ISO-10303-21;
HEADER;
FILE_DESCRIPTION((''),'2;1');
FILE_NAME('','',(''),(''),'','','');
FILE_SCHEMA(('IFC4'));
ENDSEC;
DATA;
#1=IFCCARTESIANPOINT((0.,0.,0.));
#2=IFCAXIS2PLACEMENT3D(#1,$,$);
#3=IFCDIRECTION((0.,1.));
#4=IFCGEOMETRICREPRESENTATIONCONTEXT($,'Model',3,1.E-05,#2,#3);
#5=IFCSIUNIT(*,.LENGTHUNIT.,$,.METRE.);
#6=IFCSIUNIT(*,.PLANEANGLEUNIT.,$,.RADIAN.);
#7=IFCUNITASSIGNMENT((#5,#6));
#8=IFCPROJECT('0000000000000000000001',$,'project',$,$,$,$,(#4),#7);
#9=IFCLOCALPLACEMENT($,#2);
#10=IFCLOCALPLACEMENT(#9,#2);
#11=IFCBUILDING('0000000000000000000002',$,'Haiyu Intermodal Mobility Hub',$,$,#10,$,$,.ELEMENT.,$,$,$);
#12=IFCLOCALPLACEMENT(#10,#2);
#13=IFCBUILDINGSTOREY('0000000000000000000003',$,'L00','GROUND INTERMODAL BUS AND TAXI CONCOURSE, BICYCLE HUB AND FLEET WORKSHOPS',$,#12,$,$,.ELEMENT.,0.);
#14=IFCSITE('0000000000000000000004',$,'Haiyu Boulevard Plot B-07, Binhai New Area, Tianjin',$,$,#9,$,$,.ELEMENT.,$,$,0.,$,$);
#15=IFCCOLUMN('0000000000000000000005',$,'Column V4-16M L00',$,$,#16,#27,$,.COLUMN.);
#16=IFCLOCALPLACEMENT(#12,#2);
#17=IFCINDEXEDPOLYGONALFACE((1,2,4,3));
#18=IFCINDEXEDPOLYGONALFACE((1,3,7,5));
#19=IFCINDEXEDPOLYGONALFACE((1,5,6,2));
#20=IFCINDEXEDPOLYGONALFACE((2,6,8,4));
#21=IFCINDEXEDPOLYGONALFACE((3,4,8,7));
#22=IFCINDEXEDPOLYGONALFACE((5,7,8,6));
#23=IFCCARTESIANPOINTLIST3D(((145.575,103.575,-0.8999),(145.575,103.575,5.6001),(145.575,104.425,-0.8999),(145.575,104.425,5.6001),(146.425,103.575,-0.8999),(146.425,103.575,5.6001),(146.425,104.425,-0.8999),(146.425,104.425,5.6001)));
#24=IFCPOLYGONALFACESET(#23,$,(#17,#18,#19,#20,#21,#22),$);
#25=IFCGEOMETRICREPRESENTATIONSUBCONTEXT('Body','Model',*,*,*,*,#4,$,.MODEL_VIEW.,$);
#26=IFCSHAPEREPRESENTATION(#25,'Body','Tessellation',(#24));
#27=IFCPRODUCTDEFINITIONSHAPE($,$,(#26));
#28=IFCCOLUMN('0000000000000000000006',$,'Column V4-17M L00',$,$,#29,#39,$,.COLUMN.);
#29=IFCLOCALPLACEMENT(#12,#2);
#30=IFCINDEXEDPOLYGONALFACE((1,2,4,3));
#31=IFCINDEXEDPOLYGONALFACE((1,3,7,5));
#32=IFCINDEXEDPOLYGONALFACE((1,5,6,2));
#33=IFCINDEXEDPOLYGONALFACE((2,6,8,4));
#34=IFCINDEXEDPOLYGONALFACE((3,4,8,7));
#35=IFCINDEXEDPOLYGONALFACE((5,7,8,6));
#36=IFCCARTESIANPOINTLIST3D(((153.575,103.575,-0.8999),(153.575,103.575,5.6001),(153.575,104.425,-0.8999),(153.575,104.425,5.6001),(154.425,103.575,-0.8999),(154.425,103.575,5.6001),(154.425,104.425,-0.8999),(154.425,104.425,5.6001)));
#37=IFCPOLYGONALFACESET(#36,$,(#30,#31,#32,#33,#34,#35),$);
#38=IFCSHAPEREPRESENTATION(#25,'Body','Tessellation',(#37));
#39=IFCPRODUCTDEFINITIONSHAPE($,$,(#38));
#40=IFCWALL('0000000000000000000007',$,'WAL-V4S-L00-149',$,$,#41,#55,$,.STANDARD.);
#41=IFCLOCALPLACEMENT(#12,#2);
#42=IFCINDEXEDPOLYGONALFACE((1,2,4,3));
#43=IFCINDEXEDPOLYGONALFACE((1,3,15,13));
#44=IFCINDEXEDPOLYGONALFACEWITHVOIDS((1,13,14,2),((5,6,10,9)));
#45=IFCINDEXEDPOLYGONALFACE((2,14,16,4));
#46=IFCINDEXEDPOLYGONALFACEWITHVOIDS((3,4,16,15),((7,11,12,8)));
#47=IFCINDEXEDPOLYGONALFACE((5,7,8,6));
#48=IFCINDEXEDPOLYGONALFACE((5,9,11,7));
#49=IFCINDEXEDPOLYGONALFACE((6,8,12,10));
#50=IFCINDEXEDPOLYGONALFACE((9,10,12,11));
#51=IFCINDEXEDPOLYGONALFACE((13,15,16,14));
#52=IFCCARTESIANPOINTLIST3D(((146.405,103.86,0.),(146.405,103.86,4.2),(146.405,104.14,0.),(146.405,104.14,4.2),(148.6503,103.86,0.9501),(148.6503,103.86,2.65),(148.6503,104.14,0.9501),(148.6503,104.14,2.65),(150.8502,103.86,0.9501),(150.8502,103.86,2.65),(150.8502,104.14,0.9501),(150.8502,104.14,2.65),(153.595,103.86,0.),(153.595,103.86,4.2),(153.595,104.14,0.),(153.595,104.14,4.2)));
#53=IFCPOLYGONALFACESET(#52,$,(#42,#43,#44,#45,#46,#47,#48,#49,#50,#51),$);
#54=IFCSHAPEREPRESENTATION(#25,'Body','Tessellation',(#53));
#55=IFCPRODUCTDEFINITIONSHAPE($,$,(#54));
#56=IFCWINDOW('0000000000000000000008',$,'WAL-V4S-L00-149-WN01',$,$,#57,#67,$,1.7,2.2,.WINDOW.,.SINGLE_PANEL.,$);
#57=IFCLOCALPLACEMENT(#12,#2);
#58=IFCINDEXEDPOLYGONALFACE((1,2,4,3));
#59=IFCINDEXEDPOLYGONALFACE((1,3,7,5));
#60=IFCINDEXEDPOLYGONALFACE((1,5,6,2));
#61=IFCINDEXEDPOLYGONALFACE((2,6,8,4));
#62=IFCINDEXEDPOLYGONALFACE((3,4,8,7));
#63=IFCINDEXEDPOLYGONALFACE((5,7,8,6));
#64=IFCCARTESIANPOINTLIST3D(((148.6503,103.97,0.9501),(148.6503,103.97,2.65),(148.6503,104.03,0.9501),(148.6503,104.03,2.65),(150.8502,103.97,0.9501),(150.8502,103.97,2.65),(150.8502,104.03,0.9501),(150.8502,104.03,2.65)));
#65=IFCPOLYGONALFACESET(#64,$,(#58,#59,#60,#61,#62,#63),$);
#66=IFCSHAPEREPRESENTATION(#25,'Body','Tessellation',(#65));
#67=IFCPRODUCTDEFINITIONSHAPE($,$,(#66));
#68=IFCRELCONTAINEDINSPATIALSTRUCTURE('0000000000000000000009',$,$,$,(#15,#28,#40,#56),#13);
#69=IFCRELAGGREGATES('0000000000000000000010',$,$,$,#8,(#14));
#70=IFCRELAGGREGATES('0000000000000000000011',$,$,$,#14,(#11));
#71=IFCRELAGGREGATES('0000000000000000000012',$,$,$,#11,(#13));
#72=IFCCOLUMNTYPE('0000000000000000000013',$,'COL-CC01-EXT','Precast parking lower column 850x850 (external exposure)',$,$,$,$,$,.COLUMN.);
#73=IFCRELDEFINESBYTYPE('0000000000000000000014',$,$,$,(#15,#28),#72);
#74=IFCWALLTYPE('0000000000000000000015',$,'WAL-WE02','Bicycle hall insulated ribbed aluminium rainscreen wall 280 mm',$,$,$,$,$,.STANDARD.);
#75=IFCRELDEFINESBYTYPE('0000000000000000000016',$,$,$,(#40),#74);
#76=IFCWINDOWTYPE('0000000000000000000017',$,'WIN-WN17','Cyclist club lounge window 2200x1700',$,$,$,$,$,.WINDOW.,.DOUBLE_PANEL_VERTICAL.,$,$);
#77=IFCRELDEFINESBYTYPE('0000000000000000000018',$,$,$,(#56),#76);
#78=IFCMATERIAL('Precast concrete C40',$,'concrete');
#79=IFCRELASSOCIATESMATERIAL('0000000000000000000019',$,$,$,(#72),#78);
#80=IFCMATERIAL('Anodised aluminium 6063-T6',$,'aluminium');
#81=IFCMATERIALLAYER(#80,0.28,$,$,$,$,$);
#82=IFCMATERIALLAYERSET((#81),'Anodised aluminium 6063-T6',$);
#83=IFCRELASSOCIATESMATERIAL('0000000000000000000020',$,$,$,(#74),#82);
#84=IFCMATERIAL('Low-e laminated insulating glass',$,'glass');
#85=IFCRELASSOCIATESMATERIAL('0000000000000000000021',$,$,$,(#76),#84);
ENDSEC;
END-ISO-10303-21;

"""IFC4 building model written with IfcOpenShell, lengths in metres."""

from ifc_helpers import new_model, si_unit, direction, frame, frame_2d, origin, origin_2d, place, context, subcontext, project, spatial, rectangle, extrude, material, layer, layer_set, material_profile, profile_set, type_object, element, fill, save


model = new_model("IFC4")

# Units and contexts
model_context = context("Model", 3, precision=1e-05, world=origin(), true_north=direction((0.0, 1.0)))
body_context = subcontext(model_context, "Body", "Model", "MODEL_VIEW")
ifc_project = project(units=[si_unit("LENGTHUNIT", "METRE"), si_unit("PLANEANGLEUNIT", "RADIAN")], contexts=[model_context])

# Site, building, storey
site_placement = place(None, origin())
site = spatial("IfcSite", under=ifc_project, at=site_placement, Name="Haiyu Boulevard Plot B-07, Binhai New Area, Tianjin", CompositionType="ELEMENT", RefElevation=0.0)
building_placement = place(site_placement, origin())
building = spatial("IfcBuilding", under=site, at=building_placement, Name="Haiyu Intermodal Mobility Hub", CompositionType="ELEMENT")
storey_placement = place(building_placement, origin())
storey = spatial("IfcBuildingStorey", under=building, at=storey_placement, Name="L00", Description="GROUND INTERMODAL BUS AND TAXI CONCOURSE, BICYCLE HUB AND FLEET WORKSHOPS", CompositionType="ELEMENT", Elevation=0.0)

# Columns
ifc_material_1 = material(Name="Precast concrete C40", Category="concrete")
ifc_material_profile_1 = material_profile(ifc_material_1, rectangle(XDim=0.8501, YDim=0.8501, at=origin_2d()), Name="RC850x850")
ifc_profile_set_1 = profile_set([ifc_material_profile_1], Name="Precast concrete C40")
column_type_1 = type_object("IfcColumnType", Name="COL-CC01-EXT", Description="Precast parking lower column 850x850 (external exposure)", PredefinedType="COLUMN", material=ifc_profile_set_1)
for number, where, z_axis, x_axis, name in (
    (1, (146.0, 104.0, -0.8999), (0.0, 0.0, 1.0), (1.0, 0.0, 0.0), "Column V4-16M L00"),
    (2, (154.0, 104.0, -0.8999), (0.0, 0.0, 1.0), (1.0, 0.0, 0.0), "Column V4-17M L00"),
):
    element("IfcColumn", number, at=place(storey_placement, frame(where, z_axis=z_axis, x_axis=x_axis)), inside=storey, type_object=column_type_1, Name=name, PredefinedType="COLUMN", context=body_context, shape_type="SweptSolid", body=[
        extrude(rectangle(XDim=0.8501, YDim=0.8501, at=origin_2d()), origin(), (0.0, 0.0, 1.0), 6.5),
    ])

# Wall, opening, window
ifc_material_2 = material(Name="Anodised aluminium 6063-T6", Category="aluminium")
ifc_layer_1 = layer(ifc_material_2, 0.28)
ifc_layer_set_1 = layer_set([ifc_layer_1], Name="Anodised aluminium 6063-T6")
wall_type = type_object("IfcWallType", Name="WAL-WE02", Description="Bicycle hall insulated ribbed aluminium rainscreen wall 280 mm", PredefinedType="STANDARD", material=ifc_layer_set_1)
wall_placement = place(storey_placement, frame((146.405, 104.0, 0.0), z_axis=(0.0, 0.0, 1.0), x_axis=(1.0, 0.0, 0.0)))
wall = element("IfcWall", 3, at=wall_placement, inside=storey, type_object=wall_type, Name="WAL-V4S-L00-149", PredefinedType="STANDARD", context=body_context, shape_type="SweptSolid", body=[
    extrude(rectangle(XDim=7.1899, YDim=0.28, at=frame_2d((3.595, 0.0))), origin(), (0.0, 0.0, 1.0), 4.2),
])
opening_placement = place(wall_placement, frame((2.2451, 0.0, 0.95)))
opening = element("IfcOpeningElement", 4, at=opening_placement, cuts=wall, PredefinedType="OPENING", context=body_context, shape_type="SweptSolid", body=[
    extrude(rectangle(XDim=2.2, YDim=1.7, at=frame_2d((1.1001, 0.8501))), frame((0.0, 0.1499, 0.0), z_axis=(0.0, -1.0, 0.0), x_axis=(1.0, 0.0, 0.0)), (0.0, 0.0, 1.0), 0.3),
])
ifc_material_3 = material(Name="Low-e laminated insulating glass", Category="glass")
window_type = type_object("IfcWindowType", Name="WIN-WN17", Description="Cyclist club lounge window 2200x1700", PartitioningType="DOUBLE_PANEL_VERTICAL", PredefinedType="WINDOW", material=ifc_material_3)
window_placement = place(opening_placement, origin())
window = element("IfcWindow", 5, at=window_placement, inside=storey, type_object=window_type, Name="WAL-V4S-L00-149-WN01", OverallHeight=1.7, OverallWidth=2.2, PartitioningType="SINGLE_PANEL", PredefinedType="WINDOW", context=body_context, shape_type="SweptSolid", body=[
    extrude(rectangle(XDim=2.2, YDim=1.7, at=frame_2d((1.1001, 0.8501))), frame((0.0, 0.03, 0.0), z_axis=(0.0, -1.0, 0.0), x_axis=(1.0, 0.0, 0.0)), (0.0, 0.0, 1.0), 0.0601),
])
fill(opening, window)

save(model, "model.ifc")
